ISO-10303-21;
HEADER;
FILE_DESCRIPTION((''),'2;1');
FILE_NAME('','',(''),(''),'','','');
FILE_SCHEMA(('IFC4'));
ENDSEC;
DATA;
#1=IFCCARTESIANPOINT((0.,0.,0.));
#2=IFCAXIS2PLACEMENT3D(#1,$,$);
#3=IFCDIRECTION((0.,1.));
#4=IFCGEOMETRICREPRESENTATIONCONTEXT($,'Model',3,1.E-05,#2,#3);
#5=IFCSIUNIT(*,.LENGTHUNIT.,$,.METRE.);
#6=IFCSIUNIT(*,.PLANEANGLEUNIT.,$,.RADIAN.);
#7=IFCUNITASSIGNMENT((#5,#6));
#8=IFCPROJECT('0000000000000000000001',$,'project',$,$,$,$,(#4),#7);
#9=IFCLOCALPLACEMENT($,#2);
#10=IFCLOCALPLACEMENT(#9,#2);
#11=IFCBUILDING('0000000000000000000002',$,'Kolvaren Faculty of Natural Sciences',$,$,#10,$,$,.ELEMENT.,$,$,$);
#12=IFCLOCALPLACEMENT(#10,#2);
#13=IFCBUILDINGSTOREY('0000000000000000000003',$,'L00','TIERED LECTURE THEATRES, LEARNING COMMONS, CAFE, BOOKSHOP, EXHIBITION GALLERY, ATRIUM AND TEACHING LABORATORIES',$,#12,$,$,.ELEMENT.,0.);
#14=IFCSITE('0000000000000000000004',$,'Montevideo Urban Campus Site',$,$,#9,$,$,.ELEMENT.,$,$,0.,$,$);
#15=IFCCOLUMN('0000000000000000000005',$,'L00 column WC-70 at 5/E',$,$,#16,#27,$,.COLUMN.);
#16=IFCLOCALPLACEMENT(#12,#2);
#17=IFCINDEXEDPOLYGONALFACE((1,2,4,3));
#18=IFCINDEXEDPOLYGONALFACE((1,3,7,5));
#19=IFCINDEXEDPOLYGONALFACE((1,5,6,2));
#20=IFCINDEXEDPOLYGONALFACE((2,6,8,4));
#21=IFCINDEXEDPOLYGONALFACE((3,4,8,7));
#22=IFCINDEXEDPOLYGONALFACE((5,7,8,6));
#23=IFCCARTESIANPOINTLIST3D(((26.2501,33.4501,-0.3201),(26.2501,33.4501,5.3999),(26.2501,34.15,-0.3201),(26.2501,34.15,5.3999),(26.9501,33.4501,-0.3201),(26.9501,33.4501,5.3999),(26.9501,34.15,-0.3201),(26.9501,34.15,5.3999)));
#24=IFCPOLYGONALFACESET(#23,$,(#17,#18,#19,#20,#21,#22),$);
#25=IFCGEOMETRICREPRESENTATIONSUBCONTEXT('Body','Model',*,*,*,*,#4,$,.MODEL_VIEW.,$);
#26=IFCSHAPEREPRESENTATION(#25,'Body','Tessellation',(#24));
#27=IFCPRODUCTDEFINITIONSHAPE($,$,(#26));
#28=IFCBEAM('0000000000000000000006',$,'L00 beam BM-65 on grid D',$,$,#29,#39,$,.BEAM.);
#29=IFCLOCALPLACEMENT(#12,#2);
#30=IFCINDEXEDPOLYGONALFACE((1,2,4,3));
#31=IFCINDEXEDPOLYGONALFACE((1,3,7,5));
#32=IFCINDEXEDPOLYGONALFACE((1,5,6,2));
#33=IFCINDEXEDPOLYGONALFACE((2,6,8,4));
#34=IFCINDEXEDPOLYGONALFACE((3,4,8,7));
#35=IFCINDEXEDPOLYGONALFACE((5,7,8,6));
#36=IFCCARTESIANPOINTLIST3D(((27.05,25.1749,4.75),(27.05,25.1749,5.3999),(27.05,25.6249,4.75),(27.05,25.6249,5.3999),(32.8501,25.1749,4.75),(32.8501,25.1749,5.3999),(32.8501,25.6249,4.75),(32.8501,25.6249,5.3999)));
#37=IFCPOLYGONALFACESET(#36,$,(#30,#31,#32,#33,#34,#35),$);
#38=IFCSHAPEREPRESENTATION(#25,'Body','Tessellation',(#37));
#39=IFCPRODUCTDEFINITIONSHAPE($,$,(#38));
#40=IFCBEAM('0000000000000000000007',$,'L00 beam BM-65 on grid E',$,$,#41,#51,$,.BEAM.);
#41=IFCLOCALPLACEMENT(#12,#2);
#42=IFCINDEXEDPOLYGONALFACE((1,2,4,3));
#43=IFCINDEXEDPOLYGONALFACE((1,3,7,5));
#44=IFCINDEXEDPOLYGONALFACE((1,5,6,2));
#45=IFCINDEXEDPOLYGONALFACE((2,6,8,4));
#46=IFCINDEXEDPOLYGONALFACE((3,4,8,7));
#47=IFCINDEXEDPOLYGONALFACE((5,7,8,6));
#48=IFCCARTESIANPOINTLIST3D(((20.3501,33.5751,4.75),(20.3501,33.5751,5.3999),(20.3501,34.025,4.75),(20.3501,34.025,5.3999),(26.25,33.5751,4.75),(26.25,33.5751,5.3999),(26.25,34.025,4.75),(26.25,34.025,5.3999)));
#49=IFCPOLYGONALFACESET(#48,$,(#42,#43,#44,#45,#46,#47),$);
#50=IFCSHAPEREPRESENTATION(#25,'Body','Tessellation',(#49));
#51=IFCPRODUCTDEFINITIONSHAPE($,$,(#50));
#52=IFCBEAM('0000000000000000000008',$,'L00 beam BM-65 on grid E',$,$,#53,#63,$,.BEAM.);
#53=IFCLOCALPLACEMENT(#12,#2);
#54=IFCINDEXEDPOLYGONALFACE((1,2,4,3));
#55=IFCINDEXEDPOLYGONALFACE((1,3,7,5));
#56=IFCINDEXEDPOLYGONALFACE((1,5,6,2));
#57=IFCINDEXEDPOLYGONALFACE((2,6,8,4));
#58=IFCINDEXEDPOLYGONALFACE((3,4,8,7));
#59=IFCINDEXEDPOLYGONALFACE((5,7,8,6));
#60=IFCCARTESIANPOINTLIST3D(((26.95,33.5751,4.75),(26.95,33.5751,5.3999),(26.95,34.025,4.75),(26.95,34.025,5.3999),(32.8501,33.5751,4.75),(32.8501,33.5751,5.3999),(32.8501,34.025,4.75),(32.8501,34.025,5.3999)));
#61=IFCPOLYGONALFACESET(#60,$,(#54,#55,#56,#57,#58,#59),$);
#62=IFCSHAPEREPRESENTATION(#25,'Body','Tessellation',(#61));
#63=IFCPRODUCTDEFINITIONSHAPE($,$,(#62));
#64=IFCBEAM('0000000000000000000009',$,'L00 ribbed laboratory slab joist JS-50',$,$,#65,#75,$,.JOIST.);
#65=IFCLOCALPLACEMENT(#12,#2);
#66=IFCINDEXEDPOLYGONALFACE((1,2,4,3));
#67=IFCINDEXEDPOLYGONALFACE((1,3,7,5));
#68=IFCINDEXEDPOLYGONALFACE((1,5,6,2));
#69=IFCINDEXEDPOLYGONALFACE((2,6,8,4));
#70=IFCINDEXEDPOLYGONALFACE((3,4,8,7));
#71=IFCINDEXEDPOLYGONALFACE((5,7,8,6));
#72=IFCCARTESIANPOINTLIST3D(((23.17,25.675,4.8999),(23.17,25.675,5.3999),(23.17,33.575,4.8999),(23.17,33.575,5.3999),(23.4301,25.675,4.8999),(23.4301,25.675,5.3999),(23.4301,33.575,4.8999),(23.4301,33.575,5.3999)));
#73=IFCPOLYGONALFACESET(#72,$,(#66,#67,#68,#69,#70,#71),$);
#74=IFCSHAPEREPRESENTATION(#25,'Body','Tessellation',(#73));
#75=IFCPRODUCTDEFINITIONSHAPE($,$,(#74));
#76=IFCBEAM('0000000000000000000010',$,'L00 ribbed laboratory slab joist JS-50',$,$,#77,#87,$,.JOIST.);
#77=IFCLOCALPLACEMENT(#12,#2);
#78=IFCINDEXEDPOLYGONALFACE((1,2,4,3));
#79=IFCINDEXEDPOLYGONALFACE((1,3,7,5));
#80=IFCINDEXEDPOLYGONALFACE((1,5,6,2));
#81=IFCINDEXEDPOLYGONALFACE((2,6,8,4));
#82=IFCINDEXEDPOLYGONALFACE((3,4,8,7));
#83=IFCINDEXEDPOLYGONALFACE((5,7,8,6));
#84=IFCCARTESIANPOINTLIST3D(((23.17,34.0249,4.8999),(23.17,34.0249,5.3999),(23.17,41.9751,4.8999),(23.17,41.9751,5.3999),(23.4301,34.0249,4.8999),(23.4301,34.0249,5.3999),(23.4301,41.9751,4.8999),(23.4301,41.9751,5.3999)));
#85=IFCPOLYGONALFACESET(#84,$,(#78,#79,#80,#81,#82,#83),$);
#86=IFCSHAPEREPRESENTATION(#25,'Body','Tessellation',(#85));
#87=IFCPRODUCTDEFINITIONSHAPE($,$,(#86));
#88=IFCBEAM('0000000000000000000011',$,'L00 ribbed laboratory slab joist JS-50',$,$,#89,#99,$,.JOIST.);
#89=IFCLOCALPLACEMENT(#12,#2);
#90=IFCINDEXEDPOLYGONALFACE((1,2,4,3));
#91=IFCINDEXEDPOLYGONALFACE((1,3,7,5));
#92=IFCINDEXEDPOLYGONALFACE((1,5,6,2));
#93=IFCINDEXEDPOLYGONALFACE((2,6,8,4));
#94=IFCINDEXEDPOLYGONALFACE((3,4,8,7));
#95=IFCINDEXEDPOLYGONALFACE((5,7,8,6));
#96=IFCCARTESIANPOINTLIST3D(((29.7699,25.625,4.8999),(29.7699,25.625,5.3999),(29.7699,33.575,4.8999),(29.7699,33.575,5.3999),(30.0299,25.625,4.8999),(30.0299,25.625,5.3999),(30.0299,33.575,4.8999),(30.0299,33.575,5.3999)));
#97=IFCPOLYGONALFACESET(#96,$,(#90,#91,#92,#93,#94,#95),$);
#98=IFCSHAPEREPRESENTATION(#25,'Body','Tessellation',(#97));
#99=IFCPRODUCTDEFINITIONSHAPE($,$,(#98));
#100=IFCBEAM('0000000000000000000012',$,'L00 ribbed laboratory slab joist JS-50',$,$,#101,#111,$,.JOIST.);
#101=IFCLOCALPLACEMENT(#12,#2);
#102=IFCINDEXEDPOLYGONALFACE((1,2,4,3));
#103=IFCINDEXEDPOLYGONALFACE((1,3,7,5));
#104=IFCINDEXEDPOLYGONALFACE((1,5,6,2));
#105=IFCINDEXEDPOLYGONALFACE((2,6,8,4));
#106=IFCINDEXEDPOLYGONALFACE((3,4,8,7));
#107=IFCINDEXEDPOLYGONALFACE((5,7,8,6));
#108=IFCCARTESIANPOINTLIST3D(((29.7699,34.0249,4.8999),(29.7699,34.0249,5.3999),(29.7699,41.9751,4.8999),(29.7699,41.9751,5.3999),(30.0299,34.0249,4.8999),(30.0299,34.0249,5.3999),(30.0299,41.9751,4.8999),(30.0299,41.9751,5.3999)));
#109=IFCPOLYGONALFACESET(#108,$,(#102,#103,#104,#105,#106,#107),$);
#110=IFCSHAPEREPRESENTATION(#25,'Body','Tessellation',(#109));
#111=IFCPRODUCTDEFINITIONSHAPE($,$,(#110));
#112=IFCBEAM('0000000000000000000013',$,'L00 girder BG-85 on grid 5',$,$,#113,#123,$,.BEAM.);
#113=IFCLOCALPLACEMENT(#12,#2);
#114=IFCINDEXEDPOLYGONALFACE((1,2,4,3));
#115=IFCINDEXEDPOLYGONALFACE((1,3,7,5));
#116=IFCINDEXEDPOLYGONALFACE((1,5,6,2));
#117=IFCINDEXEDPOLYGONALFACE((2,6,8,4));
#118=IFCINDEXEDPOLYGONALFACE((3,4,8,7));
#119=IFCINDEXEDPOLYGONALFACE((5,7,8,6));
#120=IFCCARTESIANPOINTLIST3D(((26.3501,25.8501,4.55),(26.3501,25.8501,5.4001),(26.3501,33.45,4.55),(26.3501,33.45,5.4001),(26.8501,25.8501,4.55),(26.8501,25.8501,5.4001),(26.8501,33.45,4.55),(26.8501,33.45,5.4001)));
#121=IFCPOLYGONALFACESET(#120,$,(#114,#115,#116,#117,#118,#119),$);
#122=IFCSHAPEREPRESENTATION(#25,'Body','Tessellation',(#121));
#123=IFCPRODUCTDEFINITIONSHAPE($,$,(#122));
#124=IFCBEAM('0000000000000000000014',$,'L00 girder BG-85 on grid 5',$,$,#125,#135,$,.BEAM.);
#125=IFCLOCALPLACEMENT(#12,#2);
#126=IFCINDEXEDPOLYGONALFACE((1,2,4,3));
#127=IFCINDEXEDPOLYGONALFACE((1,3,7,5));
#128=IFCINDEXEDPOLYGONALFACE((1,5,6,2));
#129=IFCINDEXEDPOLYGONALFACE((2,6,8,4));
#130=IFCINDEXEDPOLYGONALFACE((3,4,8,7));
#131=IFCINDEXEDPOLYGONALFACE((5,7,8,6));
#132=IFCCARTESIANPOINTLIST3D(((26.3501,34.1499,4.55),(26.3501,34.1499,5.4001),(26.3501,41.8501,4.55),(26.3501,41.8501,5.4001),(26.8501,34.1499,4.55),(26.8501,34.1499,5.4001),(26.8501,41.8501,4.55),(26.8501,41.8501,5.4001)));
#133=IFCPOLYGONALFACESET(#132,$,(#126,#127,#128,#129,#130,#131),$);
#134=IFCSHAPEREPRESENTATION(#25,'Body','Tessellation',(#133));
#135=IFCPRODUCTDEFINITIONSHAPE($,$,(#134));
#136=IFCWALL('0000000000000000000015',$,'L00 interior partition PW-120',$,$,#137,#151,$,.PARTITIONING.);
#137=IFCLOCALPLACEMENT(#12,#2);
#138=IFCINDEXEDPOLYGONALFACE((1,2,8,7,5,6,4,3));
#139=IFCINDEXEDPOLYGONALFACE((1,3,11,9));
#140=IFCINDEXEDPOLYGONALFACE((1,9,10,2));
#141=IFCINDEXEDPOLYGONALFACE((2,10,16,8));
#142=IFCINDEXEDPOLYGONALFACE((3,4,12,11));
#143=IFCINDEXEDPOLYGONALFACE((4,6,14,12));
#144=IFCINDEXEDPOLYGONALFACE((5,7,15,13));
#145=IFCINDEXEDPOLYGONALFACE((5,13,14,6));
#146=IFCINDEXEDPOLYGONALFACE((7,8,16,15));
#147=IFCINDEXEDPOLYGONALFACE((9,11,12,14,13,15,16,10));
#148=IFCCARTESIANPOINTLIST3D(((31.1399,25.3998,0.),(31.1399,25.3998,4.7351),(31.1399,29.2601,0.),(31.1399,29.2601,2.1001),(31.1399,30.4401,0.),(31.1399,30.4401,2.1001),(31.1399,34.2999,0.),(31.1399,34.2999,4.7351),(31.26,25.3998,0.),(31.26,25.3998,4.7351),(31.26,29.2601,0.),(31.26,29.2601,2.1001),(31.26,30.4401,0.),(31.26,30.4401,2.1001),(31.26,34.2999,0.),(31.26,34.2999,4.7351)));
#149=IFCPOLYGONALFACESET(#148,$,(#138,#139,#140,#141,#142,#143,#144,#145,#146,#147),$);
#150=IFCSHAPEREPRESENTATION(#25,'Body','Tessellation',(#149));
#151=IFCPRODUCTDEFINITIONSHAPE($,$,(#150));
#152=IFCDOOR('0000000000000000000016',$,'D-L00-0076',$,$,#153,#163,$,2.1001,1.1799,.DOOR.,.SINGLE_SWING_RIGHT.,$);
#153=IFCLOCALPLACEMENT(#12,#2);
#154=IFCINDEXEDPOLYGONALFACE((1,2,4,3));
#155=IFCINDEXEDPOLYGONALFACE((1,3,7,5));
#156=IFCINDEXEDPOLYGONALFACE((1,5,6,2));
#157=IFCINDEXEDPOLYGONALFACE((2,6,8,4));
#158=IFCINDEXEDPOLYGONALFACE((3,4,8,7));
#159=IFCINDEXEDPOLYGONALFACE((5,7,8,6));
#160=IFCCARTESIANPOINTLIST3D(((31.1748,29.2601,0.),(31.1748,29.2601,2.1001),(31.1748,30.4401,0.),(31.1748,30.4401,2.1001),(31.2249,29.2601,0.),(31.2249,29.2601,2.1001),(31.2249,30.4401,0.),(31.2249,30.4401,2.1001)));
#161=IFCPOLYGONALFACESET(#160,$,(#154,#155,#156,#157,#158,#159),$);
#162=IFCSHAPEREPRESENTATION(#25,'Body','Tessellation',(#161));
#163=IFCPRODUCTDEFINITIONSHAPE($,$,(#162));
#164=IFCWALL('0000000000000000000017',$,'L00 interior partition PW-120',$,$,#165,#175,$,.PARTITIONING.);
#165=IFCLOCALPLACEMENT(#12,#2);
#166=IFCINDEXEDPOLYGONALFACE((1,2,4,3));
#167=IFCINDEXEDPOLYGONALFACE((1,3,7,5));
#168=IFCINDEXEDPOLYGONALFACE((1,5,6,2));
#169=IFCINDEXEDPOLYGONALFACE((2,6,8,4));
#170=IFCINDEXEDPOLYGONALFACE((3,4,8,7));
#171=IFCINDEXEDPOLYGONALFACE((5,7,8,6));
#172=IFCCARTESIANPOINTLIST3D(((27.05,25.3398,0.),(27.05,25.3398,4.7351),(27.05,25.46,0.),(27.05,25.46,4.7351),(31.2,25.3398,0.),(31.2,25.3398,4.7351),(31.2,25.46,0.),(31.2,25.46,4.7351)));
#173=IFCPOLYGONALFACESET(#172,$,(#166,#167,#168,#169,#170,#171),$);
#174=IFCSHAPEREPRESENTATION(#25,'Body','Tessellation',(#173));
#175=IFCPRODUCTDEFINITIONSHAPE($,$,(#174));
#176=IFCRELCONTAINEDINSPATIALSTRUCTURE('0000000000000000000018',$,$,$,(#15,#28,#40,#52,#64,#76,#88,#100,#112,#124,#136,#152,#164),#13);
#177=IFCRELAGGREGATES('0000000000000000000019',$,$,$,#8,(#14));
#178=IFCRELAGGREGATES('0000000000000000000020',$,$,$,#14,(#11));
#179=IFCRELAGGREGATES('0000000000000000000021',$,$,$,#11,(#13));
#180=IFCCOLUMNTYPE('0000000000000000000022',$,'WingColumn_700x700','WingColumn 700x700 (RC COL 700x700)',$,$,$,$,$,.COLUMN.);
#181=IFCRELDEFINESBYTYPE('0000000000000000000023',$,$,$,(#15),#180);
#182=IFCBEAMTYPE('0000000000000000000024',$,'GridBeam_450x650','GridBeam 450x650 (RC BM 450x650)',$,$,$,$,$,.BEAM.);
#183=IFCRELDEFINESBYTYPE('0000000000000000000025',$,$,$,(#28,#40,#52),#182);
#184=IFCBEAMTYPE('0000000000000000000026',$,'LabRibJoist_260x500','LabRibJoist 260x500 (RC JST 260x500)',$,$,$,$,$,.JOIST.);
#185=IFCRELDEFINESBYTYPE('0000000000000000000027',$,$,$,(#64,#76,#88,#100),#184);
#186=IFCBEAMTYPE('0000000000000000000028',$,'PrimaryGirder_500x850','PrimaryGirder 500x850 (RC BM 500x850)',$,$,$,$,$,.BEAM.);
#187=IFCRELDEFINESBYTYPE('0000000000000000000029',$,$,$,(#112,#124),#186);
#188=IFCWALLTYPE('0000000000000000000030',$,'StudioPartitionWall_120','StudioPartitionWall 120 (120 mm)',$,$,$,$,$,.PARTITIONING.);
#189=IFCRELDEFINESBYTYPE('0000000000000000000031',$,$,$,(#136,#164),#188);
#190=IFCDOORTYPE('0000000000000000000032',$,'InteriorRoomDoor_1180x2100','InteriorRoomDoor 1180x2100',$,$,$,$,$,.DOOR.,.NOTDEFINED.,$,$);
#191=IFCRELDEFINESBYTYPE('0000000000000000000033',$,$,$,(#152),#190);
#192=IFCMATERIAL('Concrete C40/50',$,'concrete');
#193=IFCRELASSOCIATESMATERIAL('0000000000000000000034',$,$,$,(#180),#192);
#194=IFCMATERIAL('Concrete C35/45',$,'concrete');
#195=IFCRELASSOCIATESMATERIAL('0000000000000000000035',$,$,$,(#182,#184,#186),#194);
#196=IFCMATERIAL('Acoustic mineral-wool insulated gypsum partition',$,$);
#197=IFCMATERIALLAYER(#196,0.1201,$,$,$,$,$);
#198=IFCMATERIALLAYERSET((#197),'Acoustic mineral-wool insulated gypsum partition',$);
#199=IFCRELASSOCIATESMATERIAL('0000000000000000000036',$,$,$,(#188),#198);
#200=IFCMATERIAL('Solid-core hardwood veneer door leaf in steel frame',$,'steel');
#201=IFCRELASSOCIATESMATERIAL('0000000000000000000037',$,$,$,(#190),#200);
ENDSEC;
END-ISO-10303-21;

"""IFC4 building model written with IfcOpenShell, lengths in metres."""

from ifc_helpers import new_model, si_unit, direction, frame, frame_2d, origin, origin_2d, place, context, subcontext, project, spatial, rectangle, extrude, material, layer, layer_set, material_profile, profile_set, type_object, element, fill, save


model = new_model("IFC4")

# Units and contexts
model_context = context("Model", 3, precision=1e-05, world=origin(), true_north=direction((0.0, 1.0)))
body_context = subcontext(model_context, "Body", "Model", "MODEL_VIEW")
ifc_project = project(units=[si_unit("LENGTHUNIT", "METRE"), si_unit("PLANEANGLEUNIT", "RADIAN")], contexts=[model_context])

# Site, building, storey
site_placement = place(None, origin())
site = spatial("IfcSite", under=ifc_project, at=site_placement, Name="Montevideo Urban Campus Site", CompositionType="ELEMENT", RefElevation=0.0)
building_placement = place(site_placement, origin())
building = spatial("IfcBuilding", under=site, at=building_placement, Name="Kolvaren Faculty of Natural Sciences", CompositionType="ELEMENT")
storey_placement = place(building_placement, origin())
storey = spatial("IfcBuildingStorey", under=building, at=storey_placement, Name="L00", Description="TIERED LECTURE THEATRES, LEARNING COMMONS, CAFE, BOOKSHOP, EXHIBITION GALLERY, ATRIUM AND TEACHING LABORATORIES", CompositionType="ELEMENT", Elevation=0.0)

# Shared definitions
ifc_material_1 = material(Name="Concrete C35/45", Category="concrete")

# Column
ifc_material_2 = material(Name="Concrete C40/50", Category="concrete")
ifc_material_profile_1 = material_profile(ifc_material_2, rectangle(XDim=0.7, YDim=0.7, at=origin_2d()), Name="RC COL 700x700")
ifc_profile_set_1 = profile_set([ifc_material_profile_1], Name="Concrete C40/50")
column_type_1 = type_object("IfcColumnType", Name="WingColumn_700x700", Description="WingColumn 700x700 (RC COL 700x700)", PredefinedType="COLUMN", material=ifc_profile_set_1)
column_1_placement = place(storey_placement, frame((26.6001, 33.8, -0.3201), z_axis=(0.0, 0.0, 1.0), x_axis=(1.0, 0.0, 0.0)))
element("IfcColumn", 1, at=column_1_placement, inside=storey, type_object=column_type_1, Name="L00 column WC-70 at 5/E", PredefinedType="COLUMN", context=body_context, shape_type="SweptSolid", body=[
    extrude(rectangle(XDim=0.7, YDim=0.7, at=origin_2d()), origin(), (0.0, 0.0, 1.0), 5.72),
])

# Beams
ifc_material_profile_2 = material_profile(ifc_material_1, rectangle(XDim=0.45, YDim=0.6499, at=origin_2d()), Name="RC BM 450x650")
ifc_profile_set_2 = profile_set([ifc_material_profile_2], Name="Concrete C35/45")
beam_type_1 = type_object("IfcBeamType", Name="GridBeam_450x650", Description="GridBeam 450x650 (RC BM 450x650)", PredefinedType="BEAM", material=ifc_profile_set_2)
beam_1_placement = place(storey_placement, frame((27.05, 25.3999, 5.075), z_axis=(1.0, 0.0, 0.0), x_axis=(0.0, 1.0, 0.0)))
element("IfcBeam", 2, at=beam_1_placement, inside=storey, type_object=beam_type_1, Name="L00 beam BM-65 on grid D", PredefinedType="BEAM", context=body_context, shape_type="SweptSolid", body=[
    extrude(rectangle(XDim=0.45, YDim=0.6499, at=origin_2d()), origin(), (0.0, 0.0, 1.0), 5.8),
])
beam_2_placement = place(storey_placement, frame((20.3501, 33.8, 5.075), z_axis=(1.0, 0.0, 0.0), x_axis=(0.0, 1.0, 0.0)))
element("IfcBeam", 3, at=beam_2_placement, inside=storey, type_object=beam_type_1, Name="L00 beam BM-65 on grid E", PredefinedType="BEAM", context=body_context, shape_type="SweptSolid", body=[
    extrude(rectangle(XDim=0.45, YDim=0.6499, at=origin_2d()), origin(), (0.0, 0.0, 1.0), 5.8999),
])
beam_3_placement = place(storey_placement, frame((26.95, 33.8, 5.075), z_axis=(1.0, 0.0, 0.0), x_axis=(0.0, 1.0, 0.0)))
element("IfcBeam", 4, at=beam_3_placement, inside=storey, type_object=beam_type_1, Name="L00 beam BM-65 on grid E", PredefinedType="BEAM", context=body_context, shape_type="SweptSolid", body=[
    extrude(rectangle(XDim=0.45, YDim=0.6499, at=origin_2d()), origin(), (0.0, 0.0, 1.0), 5.9001),
])
ifc_material_profile_3 = material_profile(ifc_material_1, rectangle(XDim=0.26, YDim=0.5, at=origin_2d()), Name="RC JST 260x500")
ifc_profile_set_3 = profile_set([ifc_material_profile_3], Name="Concrete C35/45")
beam_type_2 = type_object("IfcBeamType", Name="LabRibJoist_260x500", Description="LabRibJoist 260x500 (RC JST 260x500)", PredefinedType="JOIST", material=ifc_profile_set_3)
beam_4_placement = place(storey_placement, frame((23.3, 25.675, 5.1499), z_axis=(0.0, 1.0, 0.0), x_axis=(-1.0, 0.0, 0.0)))
element("IfcBeam", 5, at=beam_4_placement, inside=storey, type_object=beam_type_2, Name="L00 ribbed laboratory slab joist JS-50", PredefinedType="JOIST", context=body_context, shape_type="SweptSolid", body=[
    extrude(rectangle(XDim=0.26, YDim=0.5, at=origin_2d()), origin(), (0.0, 0.0, 1.0), 7.8999),
])
beam_5_placement = place(storey_placement, frame((23.3, 34.0249, 5.1499), z_axis=(0.0, 1.0, 0.0), x_axis=(-1.0, 0.0, 0.0)))
element("IfcBeam", 6, at=beam_5_placement, inside=storey, type_object=beam_type_2, Name="L00 ribbed laboratory slab joist JS-50", PredefinedType="JOIST", context=body_context, shape_type="SweptSolid", body=[
    extrude(rectangle(XDim=0.26, YDim=0.5, at=origin_2d()), origin(), (0.0, 0.0, 1.0), 7.9502),
])
beam_6_placement = place(storey_placement, frame((29.8999, 25.625, 5.1499), z_axis=(0.0, 1.0, 0.0), x_axis=(-1.0, 0.0, 0.0)))
element("IfcBeam", 7, at=beam_6_placement, inside=storey, type_object=beam_type_2, Name="L00 ribbed laboratory slab joist JS-50", PredefinedType="JOIST", context=body_context, shape_type="SweptSolid", body=[
    extrude(rectangle(XDim=0.26, YDim=0.5, at=origin_2d()), origin(), (0.0, 0.0, 1.0), 7.95),
])
beam_7_placement = place(storey_placement, frame((29.8999, 34.0249, 5.1499), z_axis=(0.0, 1.0, 0.0), x_axis=(-1.0, 0.0, 0.0)))
element("IfcBeam", 8, at=beam_7_placement, inside=storey, type_object=beam_type_2, Name="L00 ribbed laboratory slab joist JS-50", PredefinedType="JOIST", context=body_context, shape_type="SweptSolid", body=[
    extrude(rectangle(XDim=0.26, YDim=0.5, at=origin_2d()), origin(), (0.0, 0.0, 1.0), 7.9502),
])
ifc_material_profile_4 = material_profile(ifc_material_1, rectangle(XDim=0.5, YDim=0.8501, at=origin_2d()), Name="RC BM 500x850")
ifc_profile_set_4 = profile_set([ifc_material_profile_4], Name="Concrete C35/45")
beam_type_3 = type_object("IfcBeamType", Name="PrimaryGirder_500x850", Description="PrimaryGirder 500x850 (RC BM 500x850)", PredefinedType="BEAM", material=ifc_profile_set_4)
beam_8_placement = place(storey_placement, frame((26.6001, 25.8501, 4.9751), z_axis=(0.0, 1.0, 0.0), x_axis=(-1.0, 0.0, 0.0)))
element("IfcBeam", 9, at=beam_8_placement, inside=storey, type_object=beam_type_3, Name="L00 girder BG-85 on grid 5", PredefinedType="BEAM", context=body_context, shape_type="SweptSolid", body=[
    extrude(rectangle(XDim=0.5, YDim=0.8501, at=origin_2d()), origin(), (0.0, 0.0, 1.0), 7.5999),
])
beam_9_placement = place(storey_placement, frame((26.6001, 34.1499, 4.9751), z_axis=(0.0, 1.0, 0.0), x_axis=(-1.0, 0.0, 0.0)))
element("IfcBeam", 10, at=beam_9_placement, inside=storey, type_object=beam_type_3, Name="L00 girder BG-85 on grid 5", PredefinedType="BEAM", context=body_context, shape_type="SweptSolid", body=[
    extrude(rectangle(XDim=0.5, YDim=0.8501, at=origin_2d()), origin(), (0.0, 0.0, 1.0), 7.7002),
])

# Wall, opening, door
ifc_material_3 = material(Name="Acoustic mineral-wool insulated gypsum partition")
ifc_layer = layer(ifc_material_3, 0.1201)
ifc_layer_set = layer_set([ifc_layer], Name="Acoustic mineral-wool insulated gypsum partition")
wall_type = type_object("IfcWallType", Name="StudioPartitionWall_120", Description="StudioPartitionWall 120 (120 mm)", PredefinedType="PARTITIONING", material=ifc_layer_set)
wall_1_placement = place(storey_placement, frame((31.2, 34.3, 0.0), z_axis=(0.0, 0.0, 1.0), x_axis=(0.0, -1.0, 0.0)))
wall_1 = element("IfcWall", 11, at=wall_1_placement, inside=storey, type_object=wall_type, Name="L00 interior partition PW-120", PredefinedType="PARTITIONING", context=body_context, shape_type="SweptSolid", body=[
    extrude(rectangle(XDim=8.9001, YDim=0.1201, at=frame_2d((4.4502, 0.0))), origin(), (0.0, 0.0, 1.0), 4.7351),
])
opening_1_placement = place(wall_1_placement, frame((3.8601, 0.0, 0.0)))
opening_1 = element("IfcOpeningElement", 12, at=opening_1_placement, cuts=wall_1, PredefinedType="OPENING", context=body_context, shape_type="SweptSolid", body=[
    extrude(rectangle(XDim=1.1799, YDim=2.1001, at=frame_2d((0.5898, 1.05))), frame((0.0, 0.0701, 0.0), z_axis=(0.0, -1.0, 0.0), x_axis=(1.0, 0.0, 0.0)), (0.0, 0.0, 1.0), 0.1401),
])
ifc_material_4 = material(Name="Solid-core hardwood veneer door leaf in steel frame", Category="steel")
door_type = type_object("IfcDoorType", Name="InteriorRoomDoor_1180x2100", Description="InteriorRoomDoor 1180x2100", OperationType="NOTDEFINED", PredefinedType="DOOR", material=ifc_material_4)
door_1_placement = place(opening_1_placement, origin())
door_1 = element("IfcDoor", 13, at=door_1_placement, inside=storey, type_object=door_type, Name="D-L00-0076", OperationType="SINGLE_SWING_RIGHT", OverallHeight=2.1001, OverallWidth=1.1799, PredefinedType="DOOR", context=body_context, shape_type="SweptSolid", body=[
    extrude(rectangle(XDim=1.1799, YDim=2.1001, at=frame_2d((0.5898, 1.05))), frame((0.0, 0.0249, 0.0), z_axis=(0.0, -1.0, 0.0), x_axis=(1.0, 0.0, 0.0)), (0.0, 0.0, 1.0), 0.05),
])
fill(opening_1, door_1)

# Wall
wall_2_placement = place(storey_placement, frame((31.2, 25.3999, 0.0), z_axis=(0.0, 0.0, 1.0), x_axis=(-1.0, 0.0, 0.0)))
element("IfcWall", 14, at=wall_2_placement, inside=storey, type_object=wall_type, Name="L00 interior partition PW-120", PredefinedType="PARTITIONING", context=body_context, shape_type="SweptSolid", body=[
    extrude(rectangle(XDim=4.1499, YDim=0.1201, at=frame_2d((2.075, 0.0))), origin(), (0.0, 0.0, 1.0), 4.7351),
])

save(model, "model.ifc")
